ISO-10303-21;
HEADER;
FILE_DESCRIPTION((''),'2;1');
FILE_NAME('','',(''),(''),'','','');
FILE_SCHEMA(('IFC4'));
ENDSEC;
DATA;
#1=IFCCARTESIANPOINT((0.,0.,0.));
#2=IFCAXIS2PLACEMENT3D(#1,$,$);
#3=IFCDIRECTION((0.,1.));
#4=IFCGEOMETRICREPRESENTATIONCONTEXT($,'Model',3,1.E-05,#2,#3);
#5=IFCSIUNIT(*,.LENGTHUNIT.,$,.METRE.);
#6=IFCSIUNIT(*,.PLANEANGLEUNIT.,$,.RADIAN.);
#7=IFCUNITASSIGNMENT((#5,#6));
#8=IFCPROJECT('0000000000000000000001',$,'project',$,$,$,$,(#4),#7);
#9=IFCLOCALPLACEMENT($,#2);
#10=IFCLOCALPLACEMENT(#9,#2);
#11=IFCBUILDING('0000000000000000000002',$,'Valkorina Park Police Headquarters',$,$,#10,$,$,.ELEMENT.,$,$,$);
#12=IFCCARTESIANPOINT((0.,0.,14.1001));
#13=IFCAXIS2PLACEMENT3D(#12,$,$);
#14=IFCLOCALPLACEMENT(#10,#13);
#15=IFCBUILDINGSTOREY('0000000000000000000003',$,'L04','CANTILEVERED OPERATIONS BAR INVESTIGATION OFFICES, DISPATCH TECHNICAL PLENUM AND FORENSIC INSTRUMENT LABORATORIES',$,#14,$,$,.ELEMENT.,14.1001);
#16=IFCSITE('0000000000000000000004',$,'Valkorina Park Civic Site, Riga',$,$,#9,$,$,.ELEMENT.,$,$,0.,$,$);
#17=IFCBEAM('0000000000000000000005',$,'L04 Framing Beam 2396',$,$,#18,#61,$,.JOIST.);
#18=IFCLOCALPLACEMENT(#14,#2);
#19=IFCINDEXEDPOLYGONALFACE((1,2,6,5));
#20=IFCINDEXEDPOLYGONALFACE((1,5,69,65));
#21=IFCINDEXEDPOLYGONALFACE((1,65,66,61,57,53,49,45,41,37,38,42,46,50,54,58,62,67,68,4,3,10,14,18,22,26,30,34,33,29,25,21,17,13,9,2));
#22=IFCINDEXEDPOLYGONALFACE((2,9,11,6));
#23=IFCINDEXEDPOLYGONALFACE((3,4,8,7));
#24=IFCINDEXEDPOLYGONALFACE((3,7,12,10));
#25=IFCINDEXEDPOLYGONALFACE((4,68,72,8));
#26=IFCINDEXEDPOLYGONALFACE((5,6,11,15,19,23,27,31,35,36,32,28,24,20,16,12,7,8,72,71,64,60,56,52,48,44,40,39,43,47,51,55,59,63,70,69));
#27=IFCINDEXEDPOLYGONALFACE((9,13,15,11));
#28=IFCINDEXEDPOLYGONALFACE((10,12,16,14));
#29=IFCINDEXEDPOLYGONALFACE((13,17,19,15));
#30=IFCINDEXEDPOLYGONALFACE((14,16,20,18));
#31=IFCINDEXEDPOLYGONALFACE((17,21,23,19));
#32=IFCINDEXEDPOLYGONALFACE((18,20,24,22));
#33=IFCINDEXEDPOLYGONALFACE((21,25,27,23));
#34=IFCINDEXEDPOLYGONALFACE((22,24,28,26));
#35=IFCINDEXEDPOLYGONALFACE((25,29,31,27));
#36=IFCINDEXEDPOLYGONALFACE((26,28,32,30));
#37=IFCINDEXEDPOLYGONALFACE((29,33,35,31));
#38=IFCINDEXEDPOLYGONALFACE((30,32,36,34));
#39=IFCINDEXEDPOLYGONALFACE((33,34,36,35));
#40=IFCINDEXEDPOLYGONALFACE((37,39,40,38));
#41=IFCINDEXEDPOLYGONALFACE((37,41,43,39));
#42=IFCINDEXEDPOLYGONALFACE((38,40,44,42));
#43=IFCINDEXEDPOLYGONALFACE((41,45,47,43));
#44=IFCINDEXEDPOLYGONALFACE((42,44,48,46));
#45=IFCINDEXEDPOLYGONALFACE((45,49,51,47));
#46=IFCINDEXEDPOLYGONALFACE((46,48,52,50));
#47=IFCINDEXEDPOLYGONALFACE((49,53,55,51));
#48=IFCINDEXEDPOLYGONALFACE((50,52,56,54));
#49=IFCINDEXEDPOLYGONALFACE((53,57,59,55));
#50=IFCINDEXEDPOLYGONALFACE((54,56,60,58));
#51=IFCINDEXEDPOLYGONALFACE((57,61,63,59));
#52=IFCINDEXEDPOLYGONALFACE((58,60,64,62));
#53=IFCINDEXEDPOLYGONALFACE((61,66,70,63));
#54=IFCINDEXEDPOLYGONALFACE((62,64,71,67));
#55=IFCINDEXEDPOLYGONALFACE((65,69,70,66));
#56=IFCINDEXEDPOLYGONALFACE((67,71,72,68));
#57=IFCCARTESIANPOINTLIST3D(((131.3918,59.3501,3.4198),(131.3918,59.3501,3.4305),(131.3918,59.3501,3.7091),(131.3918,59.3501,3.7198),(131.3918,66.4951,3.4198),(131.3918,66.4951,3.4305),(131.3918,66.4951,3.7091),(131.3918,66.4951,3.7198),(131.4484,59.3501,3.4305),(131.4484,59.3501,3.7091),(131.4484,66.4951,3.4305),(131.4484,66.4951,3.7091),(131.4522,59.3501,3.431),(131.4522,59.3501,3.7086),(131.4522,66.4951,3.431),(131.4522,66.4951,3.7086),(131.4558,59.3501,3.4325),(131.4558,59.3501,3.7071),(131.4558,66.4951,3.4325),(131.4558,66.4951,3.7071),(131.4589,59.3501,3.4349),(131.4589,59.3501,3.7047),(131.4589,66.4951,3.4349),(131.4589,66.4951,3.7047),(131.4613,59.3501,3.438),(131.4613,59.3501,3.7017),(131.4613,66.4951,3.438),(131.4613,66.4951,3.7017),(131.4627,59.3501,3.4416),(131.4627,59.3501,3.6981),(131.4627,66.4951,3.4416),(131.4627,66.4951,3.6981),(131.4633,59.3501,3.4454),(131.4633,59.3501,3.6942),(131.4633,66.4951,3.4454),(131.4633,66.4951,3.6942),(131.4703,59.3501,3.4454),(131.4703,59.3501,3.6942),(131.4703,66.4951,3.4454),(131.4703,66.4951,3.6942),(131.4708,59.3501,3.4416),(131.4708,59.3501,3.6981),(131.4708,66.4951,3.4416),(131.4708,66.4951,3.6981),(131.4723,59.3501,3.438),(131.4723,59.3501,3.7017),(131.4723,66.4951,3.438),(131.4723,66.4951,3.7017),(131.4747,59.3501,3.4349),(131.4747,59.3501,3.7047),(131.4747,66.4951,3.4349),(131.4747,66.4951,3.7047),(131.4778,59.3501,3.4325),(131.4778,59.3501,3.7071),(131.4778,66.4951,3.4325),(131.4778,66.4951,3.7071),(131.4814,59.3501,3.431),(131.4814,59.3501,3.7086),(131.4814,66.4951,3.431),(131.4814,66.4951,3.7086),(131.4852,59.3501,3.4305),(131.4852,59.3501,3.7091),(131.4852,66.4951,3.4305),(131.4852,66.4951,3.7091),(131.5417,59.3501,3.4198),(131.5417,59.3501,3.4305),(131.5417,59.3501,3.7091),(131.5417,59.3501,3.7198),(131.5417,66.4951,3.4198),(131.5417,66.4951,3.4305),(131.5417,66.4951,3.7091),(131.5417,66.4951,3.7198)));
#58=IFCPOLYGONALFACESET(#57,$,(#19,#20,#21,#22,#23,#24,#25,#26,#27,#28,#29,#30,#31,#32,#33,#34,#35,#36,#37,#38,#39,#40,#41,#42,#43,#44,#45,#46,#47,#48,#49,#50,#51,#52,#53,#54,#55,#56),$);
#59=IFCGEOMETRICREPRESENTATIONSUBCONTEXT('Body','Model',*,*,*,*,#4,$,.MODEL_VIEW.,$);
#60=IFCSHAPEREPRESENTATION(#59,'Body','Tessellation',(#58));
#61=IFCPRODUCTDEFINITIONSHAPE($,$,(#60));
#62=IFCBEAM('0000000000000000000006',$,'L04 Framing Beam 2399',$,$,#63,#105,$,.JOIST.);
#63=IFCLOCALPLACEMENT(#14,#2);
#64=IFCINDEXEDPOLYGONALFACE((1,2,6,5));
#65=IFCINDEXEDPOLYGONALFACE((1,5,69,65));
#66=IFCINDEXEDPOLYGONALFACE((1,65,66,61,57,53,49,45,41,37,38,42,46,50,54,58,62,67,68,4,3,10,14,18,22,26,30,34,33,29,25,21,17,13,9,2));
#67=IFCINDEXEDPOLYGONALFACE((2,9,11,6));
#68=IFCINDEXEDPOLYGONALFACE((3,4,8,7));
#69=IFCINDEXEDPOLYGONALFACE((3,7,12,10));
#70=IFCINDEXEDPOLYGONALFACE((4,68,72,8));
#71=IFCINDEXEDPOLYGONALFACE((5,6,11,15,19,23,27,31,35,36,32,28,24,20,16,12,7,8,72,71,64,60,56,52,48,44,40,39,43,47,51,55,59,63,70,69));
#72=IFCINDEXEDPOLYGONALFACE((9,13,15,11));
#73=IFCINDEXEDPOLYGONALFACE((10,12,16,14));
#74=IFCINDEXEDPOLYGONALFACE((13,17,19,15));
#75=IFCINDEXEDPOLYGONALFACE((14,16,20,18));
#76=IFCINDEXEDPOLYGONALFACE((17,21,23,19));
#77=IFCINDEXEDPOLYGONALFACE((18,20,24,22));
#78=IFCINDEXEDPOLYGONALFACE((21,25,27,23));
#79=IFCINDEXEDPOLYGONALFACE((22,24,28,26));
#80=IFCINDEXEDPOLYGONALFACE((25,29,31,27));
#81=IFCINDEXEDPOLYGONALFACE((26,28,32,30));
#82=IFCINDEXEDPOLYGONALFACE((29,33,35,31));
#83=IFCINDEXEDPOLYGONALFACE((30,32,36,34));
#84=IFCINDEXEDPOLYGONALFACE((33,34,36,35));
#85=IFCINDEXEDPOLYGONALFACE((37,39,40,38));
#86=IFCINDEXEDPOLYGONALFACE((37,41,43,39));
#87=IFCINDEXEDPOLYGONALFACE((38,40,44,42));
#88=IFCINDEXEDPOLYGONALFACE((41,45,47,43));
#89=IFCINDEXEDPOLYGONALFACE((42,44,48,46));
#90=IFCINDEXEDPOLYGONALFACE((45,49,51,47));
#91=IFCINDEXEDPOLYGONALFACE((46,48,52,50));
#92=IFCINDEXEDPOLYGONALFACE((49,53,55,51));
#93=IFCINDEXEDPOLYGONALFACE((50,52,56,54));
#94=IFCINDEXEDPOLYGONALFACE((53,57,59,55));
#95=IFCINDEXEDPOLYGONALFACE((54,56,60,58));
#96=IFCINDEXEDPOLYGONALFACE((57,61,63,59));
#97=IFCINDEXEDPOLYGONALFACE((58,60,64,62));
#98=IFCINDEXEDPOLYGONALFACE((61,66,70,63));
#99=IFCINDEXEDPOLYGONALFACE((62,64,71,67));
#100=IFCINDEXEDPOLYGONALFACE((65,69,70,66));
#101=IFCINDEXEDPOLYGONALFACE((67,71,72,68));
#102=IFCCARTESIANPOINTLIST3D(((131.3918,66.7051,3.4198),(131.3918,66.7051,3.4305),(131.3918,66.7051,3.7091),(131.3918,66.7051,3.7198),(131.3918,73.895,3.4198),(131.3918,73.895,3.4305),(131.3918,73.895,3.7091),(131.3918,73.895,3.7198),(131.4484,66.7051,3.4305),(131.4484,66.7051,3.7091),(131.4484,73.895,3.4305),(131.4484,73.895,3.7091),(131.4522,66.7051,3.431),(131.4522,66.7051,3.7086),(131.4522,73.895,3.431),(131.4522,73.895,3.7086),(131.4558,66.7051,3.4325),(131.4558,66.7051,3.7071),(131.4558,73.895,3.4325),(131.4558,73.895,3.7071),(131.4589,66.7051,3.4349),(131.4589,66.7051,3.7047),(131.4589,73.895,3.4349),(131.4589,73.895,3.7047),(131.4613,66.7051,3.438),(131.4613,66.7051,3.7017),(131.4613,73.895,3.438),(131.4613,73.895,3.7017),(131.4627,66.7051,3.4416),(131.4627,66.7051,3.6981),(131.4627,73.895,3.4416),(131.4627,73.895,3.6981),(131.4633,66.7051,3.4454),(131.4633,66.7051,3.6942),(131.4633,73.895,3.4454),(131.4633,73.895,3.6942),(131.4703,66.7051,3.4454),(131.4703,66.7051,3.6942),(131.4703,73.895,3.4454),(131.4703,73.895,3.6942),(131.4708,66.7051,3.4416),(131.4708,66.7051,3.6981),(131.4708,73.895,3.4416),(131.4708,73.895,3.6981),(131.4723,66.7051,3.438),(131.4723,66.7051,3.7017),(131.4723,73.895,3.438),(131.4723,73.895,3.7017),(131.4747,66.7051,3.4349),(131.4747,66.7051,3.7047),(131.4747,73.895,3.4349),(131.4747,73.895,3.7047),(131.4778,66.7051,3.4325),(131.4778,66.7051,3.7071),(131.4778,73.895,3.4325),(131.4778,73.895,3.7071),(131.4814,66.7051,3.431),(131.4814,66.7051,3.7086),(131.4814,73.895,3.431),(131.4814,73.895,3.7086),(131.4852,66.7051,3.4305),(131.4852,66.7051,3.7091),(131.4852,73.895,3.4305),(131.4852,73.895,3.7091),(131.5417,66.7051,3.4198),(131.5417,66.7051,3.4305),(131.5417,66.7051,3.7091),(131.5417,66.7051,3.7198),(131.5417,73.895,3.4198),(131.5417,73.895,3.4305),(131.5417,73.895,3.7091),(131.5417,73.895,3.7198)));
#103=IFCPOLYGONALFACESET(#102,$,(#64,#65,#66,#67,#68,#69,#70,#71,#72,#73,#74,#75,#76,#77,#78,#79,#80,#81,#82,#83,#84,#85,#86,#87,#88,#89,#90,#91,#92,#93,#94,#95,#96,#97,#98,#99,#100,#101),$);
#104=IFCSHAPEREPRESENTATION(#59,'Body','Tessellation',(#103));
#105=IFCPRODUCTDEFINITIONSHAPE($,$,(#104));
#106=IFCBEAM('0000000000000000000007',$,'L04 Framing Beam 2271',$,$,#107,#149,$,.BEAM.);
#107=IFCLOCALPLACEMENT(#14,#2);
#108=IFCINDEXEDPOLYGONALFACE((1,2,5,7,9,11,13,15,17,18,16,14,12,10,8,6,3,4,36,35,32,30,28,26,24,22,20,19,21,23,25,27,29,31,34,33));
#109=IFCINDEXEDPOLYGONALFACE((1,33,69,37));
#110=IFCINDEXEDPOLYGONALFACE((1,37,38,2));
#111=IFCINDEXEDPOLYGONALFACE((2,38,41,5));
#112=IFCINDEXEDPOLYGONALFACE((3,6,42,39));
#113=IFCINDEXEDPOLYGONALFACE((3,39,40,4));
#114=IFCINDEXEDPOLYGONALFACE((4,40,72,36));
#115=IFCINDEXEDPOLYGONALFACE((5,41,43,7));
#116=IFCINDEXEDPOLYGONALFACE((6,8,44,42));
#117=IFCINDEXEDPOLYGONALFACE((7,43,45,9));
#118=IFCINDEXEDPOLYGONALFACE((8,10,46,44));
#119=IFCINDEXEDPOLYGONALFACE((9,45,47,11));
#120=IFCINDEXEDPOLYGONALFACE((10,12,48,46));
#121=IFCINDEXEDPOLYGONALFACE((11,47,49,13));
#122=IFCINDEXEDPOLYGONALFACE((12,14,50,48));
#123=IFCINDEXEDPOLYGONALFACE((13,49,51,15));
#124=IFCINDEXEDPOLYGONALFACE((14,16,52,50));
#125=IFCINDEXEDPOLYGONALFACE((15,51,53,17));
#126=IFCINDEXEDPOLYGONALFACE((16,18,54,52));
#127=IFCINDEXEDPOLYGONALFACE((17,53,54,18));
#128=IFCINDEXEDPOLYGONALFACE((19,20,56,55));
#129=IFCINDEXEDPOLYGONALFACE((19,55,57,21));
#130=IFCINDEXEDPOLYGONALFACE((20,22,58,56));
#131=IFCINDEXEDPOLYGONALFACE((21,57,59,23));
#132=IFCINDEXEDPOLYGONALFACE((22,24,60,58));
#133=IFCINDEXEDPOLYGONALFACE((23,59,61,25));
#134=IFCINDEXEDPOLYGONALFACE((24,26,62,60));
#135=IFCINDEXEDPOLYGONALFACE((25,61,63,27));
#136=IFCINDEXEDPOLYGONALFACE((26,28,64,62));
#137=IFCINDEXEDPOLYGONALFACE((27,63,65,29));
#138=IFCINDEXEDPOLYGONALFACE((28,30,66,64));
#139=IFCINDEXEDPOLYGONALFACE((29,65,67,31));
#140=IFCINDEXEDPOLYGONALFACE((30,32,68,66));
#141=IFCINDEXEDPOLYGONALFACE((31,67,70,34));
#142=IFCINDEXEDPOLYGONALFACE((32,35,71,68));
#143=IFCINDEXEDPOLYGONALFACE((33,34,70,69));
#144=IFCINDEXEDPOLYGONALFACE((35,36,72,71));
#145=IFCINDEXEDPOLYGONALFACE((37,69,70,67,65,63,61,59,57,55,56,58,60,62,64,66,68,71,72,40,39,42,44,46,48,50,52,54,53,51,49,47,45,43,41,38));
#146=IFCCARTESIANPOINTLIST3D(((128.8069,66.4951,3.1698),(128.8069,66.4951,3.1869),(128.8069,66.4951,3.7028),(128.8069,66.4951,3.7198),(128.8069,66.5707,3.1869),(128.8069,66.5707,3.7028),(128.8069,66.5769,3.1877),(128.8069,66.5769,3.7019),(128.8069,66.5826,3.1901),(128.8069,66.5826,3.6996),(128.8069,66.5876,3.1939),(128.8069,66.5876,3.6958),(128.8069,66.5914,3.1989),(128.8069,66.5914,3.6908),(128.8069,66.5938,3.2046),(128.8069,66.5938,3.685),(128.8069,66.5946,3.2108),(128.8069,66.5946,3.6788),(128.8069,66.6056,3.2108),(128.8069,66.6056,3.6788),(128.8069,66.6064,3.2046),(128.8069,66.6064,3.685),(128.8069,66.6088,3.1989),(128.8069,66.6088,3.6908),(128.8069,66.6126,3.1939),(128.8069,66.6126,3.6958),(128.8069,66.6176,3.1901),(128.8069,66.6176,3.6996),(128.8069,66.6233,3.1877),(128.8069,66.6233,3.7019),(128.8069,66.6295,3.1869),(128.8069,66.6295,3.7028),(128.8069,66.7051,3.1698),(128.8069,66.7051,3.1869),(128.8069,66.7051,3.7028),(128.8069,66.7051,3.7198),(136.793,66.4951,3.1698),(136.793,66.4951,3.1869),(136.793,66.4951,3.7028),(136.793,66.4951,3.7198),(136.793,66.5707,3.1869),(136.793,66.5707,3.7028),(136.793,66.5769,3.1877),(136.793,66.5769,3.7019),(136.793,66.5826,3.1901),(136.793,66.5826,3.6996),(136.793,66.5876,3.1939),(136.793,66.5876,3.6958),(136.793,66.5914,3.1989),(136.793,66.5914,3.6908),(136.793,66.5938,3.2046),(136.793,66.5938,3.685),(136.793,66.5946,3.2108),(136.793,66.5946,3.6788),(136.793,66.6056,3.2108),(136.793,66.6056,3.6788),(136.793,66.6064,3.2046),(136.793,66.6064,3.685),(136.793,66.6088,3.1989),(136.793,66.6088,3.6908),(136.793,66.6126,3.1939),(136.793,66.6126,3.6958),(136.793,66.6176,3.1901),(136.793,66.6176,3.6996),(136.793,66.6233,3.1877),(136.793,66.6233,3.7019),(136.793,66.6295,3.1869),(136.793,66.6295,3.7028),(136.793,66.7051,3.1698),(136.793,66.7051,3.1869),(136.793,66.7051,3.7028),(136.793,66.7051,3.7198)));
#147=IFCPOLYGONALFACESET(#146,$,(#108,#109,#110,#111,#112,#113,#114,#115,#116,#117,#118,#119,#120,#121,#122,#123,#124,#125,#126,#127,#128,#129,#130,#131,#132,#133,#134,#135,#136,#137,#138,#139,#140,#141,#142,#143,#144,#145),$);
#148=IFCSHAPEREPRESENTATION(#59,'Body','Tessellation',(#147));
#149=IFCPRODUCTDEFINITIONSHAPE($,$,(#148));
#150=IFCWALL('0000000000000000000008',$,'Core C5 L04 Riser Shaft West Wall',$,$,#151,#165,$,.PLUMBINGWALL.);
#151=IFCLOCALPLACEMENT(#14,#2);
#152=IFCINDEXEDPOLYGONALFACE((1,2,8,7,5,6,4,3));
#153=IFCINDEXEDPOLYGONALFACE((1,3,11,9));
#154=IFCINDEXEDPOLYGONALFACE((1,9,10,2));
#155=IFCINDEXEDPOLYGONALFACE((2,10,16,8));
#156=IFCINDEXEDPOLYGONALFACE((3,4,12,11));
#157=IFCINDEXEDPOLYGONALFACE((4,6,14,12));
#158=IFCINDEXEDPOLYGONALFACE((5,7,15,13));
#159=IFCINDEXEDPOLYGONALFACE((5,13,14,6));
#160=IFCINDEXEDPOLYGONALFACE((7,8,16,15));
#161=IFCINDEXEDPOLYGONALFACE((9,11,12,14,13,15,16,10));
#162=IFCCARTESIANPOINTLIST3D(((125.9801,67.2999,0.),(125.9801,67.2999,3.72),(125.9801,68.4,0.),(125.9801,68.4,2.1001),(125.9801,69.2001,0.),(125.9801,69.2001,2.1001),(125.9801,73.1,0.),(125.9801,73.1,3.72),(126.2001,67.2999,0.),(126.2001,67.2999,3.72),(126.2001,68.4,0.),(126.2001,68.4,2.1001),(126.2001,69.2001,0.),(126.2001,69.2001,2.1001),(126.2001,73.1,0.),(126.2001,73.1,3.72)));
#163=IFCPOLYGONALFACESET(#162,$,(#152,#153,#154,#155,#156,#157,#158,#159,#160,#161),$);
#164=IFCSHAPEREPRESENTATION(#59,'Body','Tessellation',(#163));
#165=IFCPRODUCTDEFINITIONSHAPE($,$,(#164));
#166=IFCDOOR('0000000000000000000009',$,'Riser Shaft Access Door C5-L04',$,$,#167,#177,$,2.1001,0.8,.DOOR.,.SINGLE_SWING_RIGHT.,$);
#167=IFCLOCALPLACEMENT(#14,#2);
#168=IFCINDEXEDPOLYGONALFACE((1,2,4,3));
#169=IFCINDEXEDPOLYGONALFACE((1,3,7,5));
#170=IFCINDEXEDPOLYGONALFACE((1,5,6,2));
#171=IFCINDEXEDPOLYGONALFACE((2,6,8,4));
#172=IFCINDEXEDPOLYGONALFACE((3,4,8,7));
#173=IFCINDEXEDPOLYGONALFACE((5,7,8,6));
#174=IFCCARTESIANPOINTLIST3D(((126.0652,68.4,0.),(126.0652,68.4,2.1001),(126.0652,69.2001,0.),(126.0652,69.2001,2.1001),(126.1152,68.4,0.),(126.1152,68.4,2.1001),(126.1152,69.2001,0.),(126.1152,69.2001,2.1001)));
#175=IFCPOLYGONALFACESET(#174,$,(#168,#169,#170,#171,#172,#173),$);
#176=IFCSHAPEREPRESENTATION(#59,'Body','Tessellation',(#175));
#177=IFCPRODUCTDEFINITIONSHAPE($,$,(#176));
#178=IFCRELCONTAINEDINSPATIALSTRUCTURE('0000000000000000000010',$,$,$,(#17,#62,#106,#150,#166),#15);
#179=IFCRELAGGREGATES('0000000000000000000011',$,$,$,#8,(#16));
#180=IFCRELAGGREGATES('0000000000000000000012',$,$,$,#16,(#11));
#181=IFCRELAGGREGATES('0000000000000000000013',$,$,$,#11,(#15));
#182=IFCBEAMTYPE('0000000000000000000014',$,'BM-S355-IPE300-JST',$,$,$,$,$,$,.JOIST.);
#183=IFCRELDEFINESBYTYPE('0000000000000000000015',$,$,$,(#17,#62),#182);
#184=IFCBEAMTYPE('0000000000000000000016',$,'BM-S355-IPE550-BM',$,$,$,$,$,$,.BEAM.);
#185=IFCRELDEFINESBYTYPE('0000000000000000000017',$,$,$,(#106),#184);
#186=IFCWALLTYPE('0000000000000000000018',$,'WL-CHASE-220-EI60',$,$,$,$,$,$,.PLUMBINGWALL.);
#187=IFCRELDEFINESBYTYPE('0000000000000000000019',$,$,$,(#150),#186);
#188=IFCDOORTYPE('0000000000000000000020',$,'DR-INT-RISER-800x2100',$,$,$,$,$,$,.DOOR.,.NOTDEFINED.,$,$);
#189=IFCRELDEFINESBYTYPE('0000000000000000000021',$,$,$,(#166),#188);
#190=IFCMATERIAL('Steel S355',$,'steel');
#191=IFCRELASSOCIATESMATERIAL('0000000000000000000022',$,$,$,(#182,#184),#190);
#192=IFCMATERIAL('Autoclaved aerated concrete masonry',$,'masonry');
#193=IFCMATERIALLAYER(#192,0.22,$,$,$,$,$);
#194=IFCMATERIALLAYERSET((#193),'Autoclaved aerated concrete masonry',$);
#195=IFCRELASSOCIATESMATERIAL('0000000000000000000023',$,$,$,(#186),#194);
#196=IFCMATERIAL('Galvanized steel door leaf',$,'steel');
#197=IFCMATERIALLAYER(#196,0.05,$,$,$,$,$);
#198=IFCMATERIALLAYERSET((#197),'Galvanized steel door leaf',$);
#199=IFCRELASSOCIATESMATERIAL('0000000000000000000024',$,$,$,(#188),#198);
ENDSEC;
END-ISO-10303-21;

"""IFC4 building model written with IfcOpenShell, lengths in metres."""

from ifc_helpers import new_model, si_unit, direction, frame, frame_2d, origin, origin_2d, place, context, subcontext, project, spatial, rectangle, i_section, extrude, material, layer, layer_set, material_profile, profile_set, type_object, element, fill, save


model = new_model("IFC4")

# Units and contexts
model_context = context("Model", 3, precision=1e-05, world=origin(), true_north=direction((0.0, 1.0)))
body_context = subcontext(model_context, "Body", "Model", "MODEL_VIEW")
ifc_project = project(units=[si_unit("LENGTHUNIT", "METRE"), si_unit("PLANEANGLEUNIT", "RADIAN")], contexts=[model_context])

# Site, building, storey
site_placement = place(None, origin())
site = spatial("IfcSite", under=ifc_project, at=site_placement, Name="Valkorina Park Civic Site, Riga", CompositionType="ELEMENT", RefElevation=0.0)
building_placement = place(site_placement, origin())
building = spatial("IfcBuilding", under=site, at=building_placement, Name="Valkorina Park Police Headquarters", CompositionType="ELEMENT")
storey_placement = place(building_placement, frame((0.0, 0.0, 14.1001)))
storey = spatial("IfcBuildingStorey", under=building, at=storey_placement, Name="L04", Description="CANTILEVERED OPERATIONS BAR INVESTIGATION OFFICES, DISPATCH TECHNICAL PLENUM AND FORENSIC INSTRUMENT LABORATORIES", CompositionType="ELEMENT", Elevation=14.1001)

# Shared definitions
ifc_material_1 = material(Name="Steel S355", Category="steel")

# Beams
ifc_material_profile_1 = material_profile(ifc_material_1, i_section(OverallWidth=0.1499, OverallDepth=0.3, WebThickness=0.0071, FlangeThickness=0.0107, FilletRadius=0.0149, at=origin_2d()), Name="IPE 300")
ifc_profile_set_1 = profile_set([ifc_material_profile_1], Name="Steel S355")
beam_type_1 = type_object("IfcBeamType", Name="BM-S355-IPE300-JST", PredefinedType="JOIST", material=ifc_profile_set_1)
beam_1_placement = place(storey_placement, frame((131.4668, 59.3501, 3.5698), z_axis=(0.0, 1.0, 0.0), x_axis=(-1.0, 0.0, 0.0)))
element("IfcBeam", 1, at=beam_1_placement, inside=storey, type_object=beam_type_1, Name="L04 Framing Beam 2396", PredefinedType="JOIST", context=body_context, shape_type="SweptSolid", body=[
    extrude(i_section(OverallWidth=0.1499, OverallDepth=0.3, WebThickness=0.0071, FlangeThickness=0.0107, FilletRadius=0.0149, at=origin_2d()), origin(), (0.0, 0.0, 1.0), 7.145),
])
beam_2_placement = place(storey_placement, frame((131.4668, 66.7051, 3.5698), z_axis=(0.0, 1.0, 0.0), x_axis=(-1.0, 0.0, 0.0)))
element("IfcBeam", 2, at=beam_2_placement, inside=storey, type_object=beam_type_1, Name="L04 Framing Beam 2399", PredefinedType="JOIST", context=body_context, shape_type="SweptSolid", body=[
    extrude(i_section(OverallWidth=0.1499, OverallDepth=0.3, WebThickness=0.0071, FlangeThickness=0.0107, FilletRadius=0.0149, at=origin_2d()), origin(), (0.0, 0.0, 1.0), 7.1899),
])
ifc_material_profile_2 = material_profile(ifc_material_1, i_section(OverallWidth=0.21, OverallDepth=0.55, WebThickness=0.011, FlangeThickness=0.0171, FilletRadius=0.0239, at=origin_2d()), Name="IPE 550")
ifc_profile_set_2 = profile_set([ifc_material_profile_2], Name="Steel S355")
beam_type_2 = type_object("IfcBeamType", Name="BM-S355-IPE550-BM", PredefinedType="BEAM", material=ifc_profile_set_2)
beam_3_placement = place(storey_placement, frame((128.8069, 66.6001, 3.4448), z_axis=(1.0, 0.0, 0.0), x_axis=(0.0, 1.0, 0.0)))
element("IfcBeam", 3, at=beam_3_placement, inside=storey, type_object=beam_type_2, Name="L04 Framing Beam 2271", PredefinedType="BEAM", context=body_context, shape_type="SweptSolid", body=[
    extrude(i_section(OverallWidth=0.21, OverallDepth=0.55, WebThickness=0.011, FlangeThickness=0.0171, FilletRadius=0.0239, at=origin_2d()), origin(), (0.0, 0.0, 1.0), 7.9861),
])

# Wall, opening, door
ifc_material_2 = material(Name="Autoclaved aerated concrete masonry", Category="masonry")
ifc_layer_1 = layer(ifc_material_2, 0.22)
ifc_layer_set_1 = layer_set([ifc_layer_1], Name="Autoclaved aerated concrete masonry")
wall_type_1 = type_object("IfcWallType", Name="WL-CHASE-220-EI60", PredefinedType="PLUMBINGWALL", material=ifc_layer_set_1)
wall_1_placement = place(storey_placement, frame((126.0901, 67.3, 0.0), z_axis=(0.0, 0.0, 1.0), x_axis=(0.0, 1.0, 0.0)))
wall_1 = element("IfcWall", 4, at=wall_1_placement, inside=storey, type_object=wall_type_1, Name="Core C5 L04 Riser Shaft West Wall", PredefinedType="PLUMBINGWALL", context=body_context, shape_type="SweptSolid", body=[
    extrude(rectangle(XDim=5.8, YDim=0.22, at=frame_2d((2.8999, 0.0))), origin(), (0.0, 0.0, 1.0), 3.72),
])
opening_1_placement = place(wall_1_placement, frame((1.1001, 0.0, 0.0)))
opening_1 = element("IfcOpeningElement", 5, at=opening_1_placement, cuts=wall_1, PredefinedType="OPENING", context=body_context, shape_type="SweptSolid", body=[
    extrude(rectangle(XDim=0.8, YDim=2.1001, at=frame_2d((0.3999, 1.05))), frame((0.0, 0.1201, 0.0), z_axis=(0.0, -1.0, 0.0), x_axis=(1.0, 0.0, 0.0)), (0.0, 0.0, 1.0), 0.24),
])
ifc_material_3 = material(Name="Galvanized steel door leaf", Category="steel")
ifc_layer_2 = layer(ifc_material_3, 0.05)
ifc_layer_set_2 = layer_set([ifc_layer_2], Name="Galvanized steel door leaf")
door_type = type_object("IfcDoorType", Name="DR-INT-RISER-800x2100", OperationType="NOTDEFINED", PredefinedType="DOOR", material=ifc_layer_set_2)
door_placement = place(opening_1_placement, origin())
door = element("IfcDoor", 6, at=door_placement, inside=storey, type_object=door_type, Name="Riser Shaft Access Door C5-L04", OperationType="SINGLE_SWING_RIGHT", OverallHeight=2.1001, OverallWidth=0.8, PredefinedType="DOOR", context=body_context, shape_type="SweptSolid", body=[
    extrude(rectangle(XDim=0.8, YDim=2.1001, at=frame_2d((0.3999, 1.05))), frame((0.0, 0.0249, 0.0), z_axis=(0.0, -1.0, 0.0), x_axis=(1.0, 0.0, 0.0)), (0.0, 0.0, 1.0), 0.05),
])
fill(opening_1, door)

save(model, "model.ifc")
